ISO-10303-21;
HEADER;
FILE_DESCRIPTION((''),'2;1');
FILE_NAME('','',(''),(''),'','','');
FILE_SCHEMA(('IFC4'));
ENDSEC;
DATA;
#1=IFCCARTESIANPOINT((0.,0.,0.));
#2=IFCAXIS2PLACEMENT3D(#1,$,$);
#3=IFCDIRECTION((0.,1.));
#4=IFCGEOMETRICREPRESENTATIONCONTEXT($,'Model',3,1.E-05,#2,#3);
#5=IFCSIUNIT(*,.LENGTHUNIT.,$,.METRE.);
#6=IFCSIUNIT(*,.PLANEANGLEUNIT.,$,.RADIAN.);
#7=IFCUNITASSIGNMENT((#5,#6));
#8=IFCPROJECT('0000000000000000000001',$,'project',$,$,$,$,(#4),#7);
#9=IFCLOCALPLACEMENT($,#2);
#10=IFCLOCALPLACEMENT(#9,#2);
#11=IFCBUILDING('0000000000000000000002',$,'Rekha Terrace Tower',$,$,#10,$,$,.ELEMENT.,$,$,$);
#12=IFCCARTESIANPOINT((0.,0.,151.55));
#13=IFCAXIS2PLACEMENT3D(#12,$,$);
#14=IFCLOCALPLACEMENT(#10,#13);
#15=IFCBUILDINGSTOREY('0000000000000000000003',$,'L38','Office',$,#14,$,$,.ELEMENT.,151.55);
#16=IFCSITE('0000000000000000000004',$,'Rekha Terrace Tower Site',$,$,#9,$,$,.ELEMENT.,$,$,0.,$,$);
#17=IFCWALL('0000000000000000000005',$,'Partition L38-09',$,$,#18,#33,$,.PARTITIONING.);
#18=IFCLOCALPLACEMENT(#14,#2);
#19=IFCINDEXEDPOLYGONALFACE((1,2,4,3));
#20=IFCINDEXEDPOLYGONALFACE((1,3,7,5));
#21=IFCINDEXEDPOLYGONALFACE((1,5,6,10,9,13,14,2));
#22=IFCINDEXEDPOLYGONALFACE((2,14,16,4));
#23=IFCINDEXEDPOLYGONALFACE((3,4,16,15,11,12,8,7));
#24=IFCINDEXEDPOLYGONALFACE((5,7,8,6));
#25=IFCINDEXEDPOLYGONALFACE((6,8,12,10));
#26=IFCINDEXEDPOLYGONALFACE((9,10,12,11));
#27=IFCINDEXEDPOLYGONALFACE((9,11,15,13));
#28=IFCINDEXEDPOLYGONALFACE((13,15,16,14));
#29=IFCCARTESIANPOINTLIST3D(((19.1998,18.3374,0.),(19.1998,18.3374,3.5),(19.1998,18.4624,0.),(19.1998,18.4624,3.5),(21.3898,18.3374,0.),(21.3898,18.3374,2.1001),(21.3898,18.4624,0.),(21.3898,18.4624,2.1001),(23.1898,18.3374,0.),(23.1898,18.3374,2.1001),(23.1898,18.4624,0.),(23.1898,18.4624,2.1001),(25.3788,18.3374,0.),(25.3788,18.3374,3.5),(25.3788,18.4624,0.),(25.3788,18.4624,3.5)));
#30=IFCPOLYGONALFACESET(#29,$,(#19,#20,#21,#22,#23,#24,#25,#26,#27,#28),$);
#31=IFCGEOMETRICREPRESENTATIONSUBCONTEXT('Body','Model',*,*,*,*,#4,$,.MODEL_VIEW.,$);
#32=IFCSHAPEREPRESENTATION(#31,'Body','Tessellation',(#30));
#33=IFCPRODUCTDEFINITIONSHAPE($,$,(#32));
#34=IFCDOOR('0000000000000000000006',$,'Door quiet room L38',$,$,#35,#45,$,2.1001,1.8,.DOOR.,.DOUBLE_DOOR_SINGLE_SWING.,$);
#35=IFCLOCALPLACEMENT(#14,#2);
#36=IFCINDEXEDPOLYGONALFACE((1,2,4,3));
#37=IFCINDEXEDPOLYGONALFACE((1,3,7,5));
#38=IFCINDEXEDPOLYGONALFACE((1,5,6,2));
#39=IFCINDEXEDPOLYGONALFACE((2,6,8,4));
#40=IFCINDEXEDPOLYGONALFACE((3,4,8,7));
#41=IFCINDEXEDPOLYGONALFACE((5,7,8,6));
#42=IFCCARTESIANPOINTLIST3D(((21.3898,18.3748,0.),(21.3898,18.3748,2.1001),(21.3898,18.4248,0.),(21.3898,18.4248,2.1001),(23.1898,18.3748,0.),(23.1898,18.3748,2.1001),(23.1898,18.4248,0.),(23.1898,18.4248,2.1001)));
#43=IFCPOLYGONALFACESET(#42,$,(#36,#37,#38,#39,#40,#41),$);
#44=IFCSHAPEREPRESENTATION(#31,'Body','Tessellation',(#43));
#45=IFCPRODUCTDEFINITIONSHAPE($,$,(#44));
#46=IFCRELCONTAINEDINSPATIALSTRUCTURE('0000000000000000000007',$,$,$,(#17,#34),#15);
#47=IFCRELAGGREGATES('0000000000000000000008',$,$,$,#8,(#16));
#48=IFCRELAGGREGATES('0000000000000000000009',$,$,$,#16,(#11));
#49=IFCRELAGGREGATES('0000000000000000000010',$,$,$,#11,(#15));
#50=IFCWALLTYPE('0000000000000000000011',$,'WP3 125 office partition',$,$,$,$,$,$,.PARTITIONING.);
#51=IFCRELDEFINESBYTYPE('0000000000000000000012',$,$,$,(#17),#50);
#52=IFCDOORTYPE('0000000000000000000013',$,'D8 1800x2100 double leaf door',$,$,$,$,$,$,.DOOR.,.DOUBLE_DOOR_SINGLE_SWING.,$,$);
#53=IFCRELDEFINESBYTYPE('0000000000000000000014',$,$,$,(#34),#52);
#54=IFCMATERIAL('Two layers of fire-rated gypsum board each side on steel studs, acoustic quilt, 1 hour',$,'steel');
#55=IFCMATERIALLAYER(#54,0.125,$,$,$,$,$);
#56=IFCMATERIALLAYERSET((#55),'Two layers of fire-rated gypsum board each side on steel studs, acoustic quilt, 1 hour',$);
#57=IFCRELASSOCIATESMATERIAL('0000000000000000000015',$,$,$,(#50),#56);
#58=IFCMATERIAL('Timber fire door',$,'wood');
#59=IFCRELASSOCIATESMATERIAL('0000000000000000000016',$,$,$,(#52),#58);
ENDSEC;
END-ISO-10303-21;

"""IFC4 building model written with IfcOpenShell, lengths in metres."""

from ifc_helpers import new_model, si_unit, direction, frame, frame_2d, origin, place, context, subcontext, project, spatial, rectangle, extrude, material, layer, layer_set, type_object, element, fill, save


model = new_model("IFC4")

# Units and contexts
model_context = context("Model", 3, precision=1e-05, world=origin(), true_north=direction((0.0, 1.0)))
body_context = subcontext(model_context, "Body", "Model", "MODEL_VIEW")
ifc_project = project(units=[si_unit("LENGTHUNIT", "METRE"), si_unit("PLANEANGLEUNIT", "RADIAN")], contexts=[model_context])

# Site, building, storey
site_placement = place(None, origin())
site = spatial("IfcSite", under=ifc_project, at=site_placement, Name="Rekha Terrace Tower Site", CompositionType="ELEMENT", RefElevation=0.0)
building_placement = place(site_placement, origin())
building = spatial("IfcBuilding", under=site, at=building_placement, Name="Rekha Terrace Tower", CompositionType="ELEMENT")
storey_placement = place(building_placement, frame((0.0, 0.0, 151.55)))
storey = spatial("IfcBuildingStorey", under=building, at=storey_placement, Name="L38", Description="Office", CompositionType="ELEMENT", Elevation=151.55)

# Shared definitions
ifc_material_1 = material(Name="Two layers of fire-rated gypsum board each side on steel studs, acoustic quilt, 1 hour", Category="steel")
ifc_layer_1 = layer(ifc_material_1, 0.125)
ifc_layer_set_1 = layer_set([ifc_layer_1], Name="Two layers of fire-rated gypsum board each side on steel studs, acoustic quilt, 1 hour")
wall_type_1 = type_object("IfcWallType", Name="WP3 125 office partition", PredefinedType="PARTITIONING", material=ifc_layer_set_1)

# Wall, opening, door
wall_1_placement = place(storey_placement, frame((19.2, 18.3999, 0.0), z_axis=(0.0, 0.0, 1.0), x_axis=(1.0, 0.0, 0.0)))
wall_1 = element("IfcWall", 1, at=wall_1_placement, inside=storey, type_object=wall_type_1, Name="Partition L38-09", PredefinedType="PARTITIONING", context=body_context, shape_type="SweptSolid", body=[
    extrude(rectangle(XDim=6.179, YDim=0.125, at=frame_2d((3.0894, 0.0))), origin(), (0.0, 0.0, 1.0), 3.5),
])
opening_1_placement = place(wall_1_placement, frame((2.1899, 0.0, 0.0)))
opening_1 = element("IfcOpeningElement", 2, at=opening_1_placement, cuts=wall_1, PredefinedType="OPENING", context=body_context, shape_type="SweptSolid", body=[
    extrude(rectangle(XDim=1.8, YDim=2.1001, at=frame_2d((0.8999, 1.05))), frame((0.0, 0.0725, 0.0), z_axis=(0.0, -1.0, 0.0), x_axis=(1.0, 0.0, 0.0)), (0.0, 0.0, 1.0), 0.145),
])
ifc_material_2 = material(Name="Timber fire door", Category="wood")
door_type_1 = type_object("IfcDoorType", Name="D8 1800x2100 double leaf door", OperationType="DOUBLE_DOOR_SINGLE_SWING", PredefinedType="DOOR", material=ifc_material_2)
door_1_placement = place(opening_1_placement, origin())
door_1 = element("IfcDoor", 3, at=door_1_placement, inside=storey, type_object=door_type_1, Name="Door quiet room L38", OperationType="DOUBLE_DOOR_SINGLE_SWING", OverallHeight=2.1001, OverallWidth=1.8, PredefinedType="DOOR", context=body_context, shape_type="SweptSolid", body=[
    extrude(rectangle(XDim=1.8, YDim=2.1001, at=frame_2d((0.8999, 1.05))), frame((0.0, 0.0249, 0.0), z_axis=(0.0, -1.0, 0.0), x_axis=(1.0, 0.0, 0.0)), (0.0, 0.0, 1.0), 0.05),
])
fill(opening_1, door_1)

save(model, "model.ifc")
